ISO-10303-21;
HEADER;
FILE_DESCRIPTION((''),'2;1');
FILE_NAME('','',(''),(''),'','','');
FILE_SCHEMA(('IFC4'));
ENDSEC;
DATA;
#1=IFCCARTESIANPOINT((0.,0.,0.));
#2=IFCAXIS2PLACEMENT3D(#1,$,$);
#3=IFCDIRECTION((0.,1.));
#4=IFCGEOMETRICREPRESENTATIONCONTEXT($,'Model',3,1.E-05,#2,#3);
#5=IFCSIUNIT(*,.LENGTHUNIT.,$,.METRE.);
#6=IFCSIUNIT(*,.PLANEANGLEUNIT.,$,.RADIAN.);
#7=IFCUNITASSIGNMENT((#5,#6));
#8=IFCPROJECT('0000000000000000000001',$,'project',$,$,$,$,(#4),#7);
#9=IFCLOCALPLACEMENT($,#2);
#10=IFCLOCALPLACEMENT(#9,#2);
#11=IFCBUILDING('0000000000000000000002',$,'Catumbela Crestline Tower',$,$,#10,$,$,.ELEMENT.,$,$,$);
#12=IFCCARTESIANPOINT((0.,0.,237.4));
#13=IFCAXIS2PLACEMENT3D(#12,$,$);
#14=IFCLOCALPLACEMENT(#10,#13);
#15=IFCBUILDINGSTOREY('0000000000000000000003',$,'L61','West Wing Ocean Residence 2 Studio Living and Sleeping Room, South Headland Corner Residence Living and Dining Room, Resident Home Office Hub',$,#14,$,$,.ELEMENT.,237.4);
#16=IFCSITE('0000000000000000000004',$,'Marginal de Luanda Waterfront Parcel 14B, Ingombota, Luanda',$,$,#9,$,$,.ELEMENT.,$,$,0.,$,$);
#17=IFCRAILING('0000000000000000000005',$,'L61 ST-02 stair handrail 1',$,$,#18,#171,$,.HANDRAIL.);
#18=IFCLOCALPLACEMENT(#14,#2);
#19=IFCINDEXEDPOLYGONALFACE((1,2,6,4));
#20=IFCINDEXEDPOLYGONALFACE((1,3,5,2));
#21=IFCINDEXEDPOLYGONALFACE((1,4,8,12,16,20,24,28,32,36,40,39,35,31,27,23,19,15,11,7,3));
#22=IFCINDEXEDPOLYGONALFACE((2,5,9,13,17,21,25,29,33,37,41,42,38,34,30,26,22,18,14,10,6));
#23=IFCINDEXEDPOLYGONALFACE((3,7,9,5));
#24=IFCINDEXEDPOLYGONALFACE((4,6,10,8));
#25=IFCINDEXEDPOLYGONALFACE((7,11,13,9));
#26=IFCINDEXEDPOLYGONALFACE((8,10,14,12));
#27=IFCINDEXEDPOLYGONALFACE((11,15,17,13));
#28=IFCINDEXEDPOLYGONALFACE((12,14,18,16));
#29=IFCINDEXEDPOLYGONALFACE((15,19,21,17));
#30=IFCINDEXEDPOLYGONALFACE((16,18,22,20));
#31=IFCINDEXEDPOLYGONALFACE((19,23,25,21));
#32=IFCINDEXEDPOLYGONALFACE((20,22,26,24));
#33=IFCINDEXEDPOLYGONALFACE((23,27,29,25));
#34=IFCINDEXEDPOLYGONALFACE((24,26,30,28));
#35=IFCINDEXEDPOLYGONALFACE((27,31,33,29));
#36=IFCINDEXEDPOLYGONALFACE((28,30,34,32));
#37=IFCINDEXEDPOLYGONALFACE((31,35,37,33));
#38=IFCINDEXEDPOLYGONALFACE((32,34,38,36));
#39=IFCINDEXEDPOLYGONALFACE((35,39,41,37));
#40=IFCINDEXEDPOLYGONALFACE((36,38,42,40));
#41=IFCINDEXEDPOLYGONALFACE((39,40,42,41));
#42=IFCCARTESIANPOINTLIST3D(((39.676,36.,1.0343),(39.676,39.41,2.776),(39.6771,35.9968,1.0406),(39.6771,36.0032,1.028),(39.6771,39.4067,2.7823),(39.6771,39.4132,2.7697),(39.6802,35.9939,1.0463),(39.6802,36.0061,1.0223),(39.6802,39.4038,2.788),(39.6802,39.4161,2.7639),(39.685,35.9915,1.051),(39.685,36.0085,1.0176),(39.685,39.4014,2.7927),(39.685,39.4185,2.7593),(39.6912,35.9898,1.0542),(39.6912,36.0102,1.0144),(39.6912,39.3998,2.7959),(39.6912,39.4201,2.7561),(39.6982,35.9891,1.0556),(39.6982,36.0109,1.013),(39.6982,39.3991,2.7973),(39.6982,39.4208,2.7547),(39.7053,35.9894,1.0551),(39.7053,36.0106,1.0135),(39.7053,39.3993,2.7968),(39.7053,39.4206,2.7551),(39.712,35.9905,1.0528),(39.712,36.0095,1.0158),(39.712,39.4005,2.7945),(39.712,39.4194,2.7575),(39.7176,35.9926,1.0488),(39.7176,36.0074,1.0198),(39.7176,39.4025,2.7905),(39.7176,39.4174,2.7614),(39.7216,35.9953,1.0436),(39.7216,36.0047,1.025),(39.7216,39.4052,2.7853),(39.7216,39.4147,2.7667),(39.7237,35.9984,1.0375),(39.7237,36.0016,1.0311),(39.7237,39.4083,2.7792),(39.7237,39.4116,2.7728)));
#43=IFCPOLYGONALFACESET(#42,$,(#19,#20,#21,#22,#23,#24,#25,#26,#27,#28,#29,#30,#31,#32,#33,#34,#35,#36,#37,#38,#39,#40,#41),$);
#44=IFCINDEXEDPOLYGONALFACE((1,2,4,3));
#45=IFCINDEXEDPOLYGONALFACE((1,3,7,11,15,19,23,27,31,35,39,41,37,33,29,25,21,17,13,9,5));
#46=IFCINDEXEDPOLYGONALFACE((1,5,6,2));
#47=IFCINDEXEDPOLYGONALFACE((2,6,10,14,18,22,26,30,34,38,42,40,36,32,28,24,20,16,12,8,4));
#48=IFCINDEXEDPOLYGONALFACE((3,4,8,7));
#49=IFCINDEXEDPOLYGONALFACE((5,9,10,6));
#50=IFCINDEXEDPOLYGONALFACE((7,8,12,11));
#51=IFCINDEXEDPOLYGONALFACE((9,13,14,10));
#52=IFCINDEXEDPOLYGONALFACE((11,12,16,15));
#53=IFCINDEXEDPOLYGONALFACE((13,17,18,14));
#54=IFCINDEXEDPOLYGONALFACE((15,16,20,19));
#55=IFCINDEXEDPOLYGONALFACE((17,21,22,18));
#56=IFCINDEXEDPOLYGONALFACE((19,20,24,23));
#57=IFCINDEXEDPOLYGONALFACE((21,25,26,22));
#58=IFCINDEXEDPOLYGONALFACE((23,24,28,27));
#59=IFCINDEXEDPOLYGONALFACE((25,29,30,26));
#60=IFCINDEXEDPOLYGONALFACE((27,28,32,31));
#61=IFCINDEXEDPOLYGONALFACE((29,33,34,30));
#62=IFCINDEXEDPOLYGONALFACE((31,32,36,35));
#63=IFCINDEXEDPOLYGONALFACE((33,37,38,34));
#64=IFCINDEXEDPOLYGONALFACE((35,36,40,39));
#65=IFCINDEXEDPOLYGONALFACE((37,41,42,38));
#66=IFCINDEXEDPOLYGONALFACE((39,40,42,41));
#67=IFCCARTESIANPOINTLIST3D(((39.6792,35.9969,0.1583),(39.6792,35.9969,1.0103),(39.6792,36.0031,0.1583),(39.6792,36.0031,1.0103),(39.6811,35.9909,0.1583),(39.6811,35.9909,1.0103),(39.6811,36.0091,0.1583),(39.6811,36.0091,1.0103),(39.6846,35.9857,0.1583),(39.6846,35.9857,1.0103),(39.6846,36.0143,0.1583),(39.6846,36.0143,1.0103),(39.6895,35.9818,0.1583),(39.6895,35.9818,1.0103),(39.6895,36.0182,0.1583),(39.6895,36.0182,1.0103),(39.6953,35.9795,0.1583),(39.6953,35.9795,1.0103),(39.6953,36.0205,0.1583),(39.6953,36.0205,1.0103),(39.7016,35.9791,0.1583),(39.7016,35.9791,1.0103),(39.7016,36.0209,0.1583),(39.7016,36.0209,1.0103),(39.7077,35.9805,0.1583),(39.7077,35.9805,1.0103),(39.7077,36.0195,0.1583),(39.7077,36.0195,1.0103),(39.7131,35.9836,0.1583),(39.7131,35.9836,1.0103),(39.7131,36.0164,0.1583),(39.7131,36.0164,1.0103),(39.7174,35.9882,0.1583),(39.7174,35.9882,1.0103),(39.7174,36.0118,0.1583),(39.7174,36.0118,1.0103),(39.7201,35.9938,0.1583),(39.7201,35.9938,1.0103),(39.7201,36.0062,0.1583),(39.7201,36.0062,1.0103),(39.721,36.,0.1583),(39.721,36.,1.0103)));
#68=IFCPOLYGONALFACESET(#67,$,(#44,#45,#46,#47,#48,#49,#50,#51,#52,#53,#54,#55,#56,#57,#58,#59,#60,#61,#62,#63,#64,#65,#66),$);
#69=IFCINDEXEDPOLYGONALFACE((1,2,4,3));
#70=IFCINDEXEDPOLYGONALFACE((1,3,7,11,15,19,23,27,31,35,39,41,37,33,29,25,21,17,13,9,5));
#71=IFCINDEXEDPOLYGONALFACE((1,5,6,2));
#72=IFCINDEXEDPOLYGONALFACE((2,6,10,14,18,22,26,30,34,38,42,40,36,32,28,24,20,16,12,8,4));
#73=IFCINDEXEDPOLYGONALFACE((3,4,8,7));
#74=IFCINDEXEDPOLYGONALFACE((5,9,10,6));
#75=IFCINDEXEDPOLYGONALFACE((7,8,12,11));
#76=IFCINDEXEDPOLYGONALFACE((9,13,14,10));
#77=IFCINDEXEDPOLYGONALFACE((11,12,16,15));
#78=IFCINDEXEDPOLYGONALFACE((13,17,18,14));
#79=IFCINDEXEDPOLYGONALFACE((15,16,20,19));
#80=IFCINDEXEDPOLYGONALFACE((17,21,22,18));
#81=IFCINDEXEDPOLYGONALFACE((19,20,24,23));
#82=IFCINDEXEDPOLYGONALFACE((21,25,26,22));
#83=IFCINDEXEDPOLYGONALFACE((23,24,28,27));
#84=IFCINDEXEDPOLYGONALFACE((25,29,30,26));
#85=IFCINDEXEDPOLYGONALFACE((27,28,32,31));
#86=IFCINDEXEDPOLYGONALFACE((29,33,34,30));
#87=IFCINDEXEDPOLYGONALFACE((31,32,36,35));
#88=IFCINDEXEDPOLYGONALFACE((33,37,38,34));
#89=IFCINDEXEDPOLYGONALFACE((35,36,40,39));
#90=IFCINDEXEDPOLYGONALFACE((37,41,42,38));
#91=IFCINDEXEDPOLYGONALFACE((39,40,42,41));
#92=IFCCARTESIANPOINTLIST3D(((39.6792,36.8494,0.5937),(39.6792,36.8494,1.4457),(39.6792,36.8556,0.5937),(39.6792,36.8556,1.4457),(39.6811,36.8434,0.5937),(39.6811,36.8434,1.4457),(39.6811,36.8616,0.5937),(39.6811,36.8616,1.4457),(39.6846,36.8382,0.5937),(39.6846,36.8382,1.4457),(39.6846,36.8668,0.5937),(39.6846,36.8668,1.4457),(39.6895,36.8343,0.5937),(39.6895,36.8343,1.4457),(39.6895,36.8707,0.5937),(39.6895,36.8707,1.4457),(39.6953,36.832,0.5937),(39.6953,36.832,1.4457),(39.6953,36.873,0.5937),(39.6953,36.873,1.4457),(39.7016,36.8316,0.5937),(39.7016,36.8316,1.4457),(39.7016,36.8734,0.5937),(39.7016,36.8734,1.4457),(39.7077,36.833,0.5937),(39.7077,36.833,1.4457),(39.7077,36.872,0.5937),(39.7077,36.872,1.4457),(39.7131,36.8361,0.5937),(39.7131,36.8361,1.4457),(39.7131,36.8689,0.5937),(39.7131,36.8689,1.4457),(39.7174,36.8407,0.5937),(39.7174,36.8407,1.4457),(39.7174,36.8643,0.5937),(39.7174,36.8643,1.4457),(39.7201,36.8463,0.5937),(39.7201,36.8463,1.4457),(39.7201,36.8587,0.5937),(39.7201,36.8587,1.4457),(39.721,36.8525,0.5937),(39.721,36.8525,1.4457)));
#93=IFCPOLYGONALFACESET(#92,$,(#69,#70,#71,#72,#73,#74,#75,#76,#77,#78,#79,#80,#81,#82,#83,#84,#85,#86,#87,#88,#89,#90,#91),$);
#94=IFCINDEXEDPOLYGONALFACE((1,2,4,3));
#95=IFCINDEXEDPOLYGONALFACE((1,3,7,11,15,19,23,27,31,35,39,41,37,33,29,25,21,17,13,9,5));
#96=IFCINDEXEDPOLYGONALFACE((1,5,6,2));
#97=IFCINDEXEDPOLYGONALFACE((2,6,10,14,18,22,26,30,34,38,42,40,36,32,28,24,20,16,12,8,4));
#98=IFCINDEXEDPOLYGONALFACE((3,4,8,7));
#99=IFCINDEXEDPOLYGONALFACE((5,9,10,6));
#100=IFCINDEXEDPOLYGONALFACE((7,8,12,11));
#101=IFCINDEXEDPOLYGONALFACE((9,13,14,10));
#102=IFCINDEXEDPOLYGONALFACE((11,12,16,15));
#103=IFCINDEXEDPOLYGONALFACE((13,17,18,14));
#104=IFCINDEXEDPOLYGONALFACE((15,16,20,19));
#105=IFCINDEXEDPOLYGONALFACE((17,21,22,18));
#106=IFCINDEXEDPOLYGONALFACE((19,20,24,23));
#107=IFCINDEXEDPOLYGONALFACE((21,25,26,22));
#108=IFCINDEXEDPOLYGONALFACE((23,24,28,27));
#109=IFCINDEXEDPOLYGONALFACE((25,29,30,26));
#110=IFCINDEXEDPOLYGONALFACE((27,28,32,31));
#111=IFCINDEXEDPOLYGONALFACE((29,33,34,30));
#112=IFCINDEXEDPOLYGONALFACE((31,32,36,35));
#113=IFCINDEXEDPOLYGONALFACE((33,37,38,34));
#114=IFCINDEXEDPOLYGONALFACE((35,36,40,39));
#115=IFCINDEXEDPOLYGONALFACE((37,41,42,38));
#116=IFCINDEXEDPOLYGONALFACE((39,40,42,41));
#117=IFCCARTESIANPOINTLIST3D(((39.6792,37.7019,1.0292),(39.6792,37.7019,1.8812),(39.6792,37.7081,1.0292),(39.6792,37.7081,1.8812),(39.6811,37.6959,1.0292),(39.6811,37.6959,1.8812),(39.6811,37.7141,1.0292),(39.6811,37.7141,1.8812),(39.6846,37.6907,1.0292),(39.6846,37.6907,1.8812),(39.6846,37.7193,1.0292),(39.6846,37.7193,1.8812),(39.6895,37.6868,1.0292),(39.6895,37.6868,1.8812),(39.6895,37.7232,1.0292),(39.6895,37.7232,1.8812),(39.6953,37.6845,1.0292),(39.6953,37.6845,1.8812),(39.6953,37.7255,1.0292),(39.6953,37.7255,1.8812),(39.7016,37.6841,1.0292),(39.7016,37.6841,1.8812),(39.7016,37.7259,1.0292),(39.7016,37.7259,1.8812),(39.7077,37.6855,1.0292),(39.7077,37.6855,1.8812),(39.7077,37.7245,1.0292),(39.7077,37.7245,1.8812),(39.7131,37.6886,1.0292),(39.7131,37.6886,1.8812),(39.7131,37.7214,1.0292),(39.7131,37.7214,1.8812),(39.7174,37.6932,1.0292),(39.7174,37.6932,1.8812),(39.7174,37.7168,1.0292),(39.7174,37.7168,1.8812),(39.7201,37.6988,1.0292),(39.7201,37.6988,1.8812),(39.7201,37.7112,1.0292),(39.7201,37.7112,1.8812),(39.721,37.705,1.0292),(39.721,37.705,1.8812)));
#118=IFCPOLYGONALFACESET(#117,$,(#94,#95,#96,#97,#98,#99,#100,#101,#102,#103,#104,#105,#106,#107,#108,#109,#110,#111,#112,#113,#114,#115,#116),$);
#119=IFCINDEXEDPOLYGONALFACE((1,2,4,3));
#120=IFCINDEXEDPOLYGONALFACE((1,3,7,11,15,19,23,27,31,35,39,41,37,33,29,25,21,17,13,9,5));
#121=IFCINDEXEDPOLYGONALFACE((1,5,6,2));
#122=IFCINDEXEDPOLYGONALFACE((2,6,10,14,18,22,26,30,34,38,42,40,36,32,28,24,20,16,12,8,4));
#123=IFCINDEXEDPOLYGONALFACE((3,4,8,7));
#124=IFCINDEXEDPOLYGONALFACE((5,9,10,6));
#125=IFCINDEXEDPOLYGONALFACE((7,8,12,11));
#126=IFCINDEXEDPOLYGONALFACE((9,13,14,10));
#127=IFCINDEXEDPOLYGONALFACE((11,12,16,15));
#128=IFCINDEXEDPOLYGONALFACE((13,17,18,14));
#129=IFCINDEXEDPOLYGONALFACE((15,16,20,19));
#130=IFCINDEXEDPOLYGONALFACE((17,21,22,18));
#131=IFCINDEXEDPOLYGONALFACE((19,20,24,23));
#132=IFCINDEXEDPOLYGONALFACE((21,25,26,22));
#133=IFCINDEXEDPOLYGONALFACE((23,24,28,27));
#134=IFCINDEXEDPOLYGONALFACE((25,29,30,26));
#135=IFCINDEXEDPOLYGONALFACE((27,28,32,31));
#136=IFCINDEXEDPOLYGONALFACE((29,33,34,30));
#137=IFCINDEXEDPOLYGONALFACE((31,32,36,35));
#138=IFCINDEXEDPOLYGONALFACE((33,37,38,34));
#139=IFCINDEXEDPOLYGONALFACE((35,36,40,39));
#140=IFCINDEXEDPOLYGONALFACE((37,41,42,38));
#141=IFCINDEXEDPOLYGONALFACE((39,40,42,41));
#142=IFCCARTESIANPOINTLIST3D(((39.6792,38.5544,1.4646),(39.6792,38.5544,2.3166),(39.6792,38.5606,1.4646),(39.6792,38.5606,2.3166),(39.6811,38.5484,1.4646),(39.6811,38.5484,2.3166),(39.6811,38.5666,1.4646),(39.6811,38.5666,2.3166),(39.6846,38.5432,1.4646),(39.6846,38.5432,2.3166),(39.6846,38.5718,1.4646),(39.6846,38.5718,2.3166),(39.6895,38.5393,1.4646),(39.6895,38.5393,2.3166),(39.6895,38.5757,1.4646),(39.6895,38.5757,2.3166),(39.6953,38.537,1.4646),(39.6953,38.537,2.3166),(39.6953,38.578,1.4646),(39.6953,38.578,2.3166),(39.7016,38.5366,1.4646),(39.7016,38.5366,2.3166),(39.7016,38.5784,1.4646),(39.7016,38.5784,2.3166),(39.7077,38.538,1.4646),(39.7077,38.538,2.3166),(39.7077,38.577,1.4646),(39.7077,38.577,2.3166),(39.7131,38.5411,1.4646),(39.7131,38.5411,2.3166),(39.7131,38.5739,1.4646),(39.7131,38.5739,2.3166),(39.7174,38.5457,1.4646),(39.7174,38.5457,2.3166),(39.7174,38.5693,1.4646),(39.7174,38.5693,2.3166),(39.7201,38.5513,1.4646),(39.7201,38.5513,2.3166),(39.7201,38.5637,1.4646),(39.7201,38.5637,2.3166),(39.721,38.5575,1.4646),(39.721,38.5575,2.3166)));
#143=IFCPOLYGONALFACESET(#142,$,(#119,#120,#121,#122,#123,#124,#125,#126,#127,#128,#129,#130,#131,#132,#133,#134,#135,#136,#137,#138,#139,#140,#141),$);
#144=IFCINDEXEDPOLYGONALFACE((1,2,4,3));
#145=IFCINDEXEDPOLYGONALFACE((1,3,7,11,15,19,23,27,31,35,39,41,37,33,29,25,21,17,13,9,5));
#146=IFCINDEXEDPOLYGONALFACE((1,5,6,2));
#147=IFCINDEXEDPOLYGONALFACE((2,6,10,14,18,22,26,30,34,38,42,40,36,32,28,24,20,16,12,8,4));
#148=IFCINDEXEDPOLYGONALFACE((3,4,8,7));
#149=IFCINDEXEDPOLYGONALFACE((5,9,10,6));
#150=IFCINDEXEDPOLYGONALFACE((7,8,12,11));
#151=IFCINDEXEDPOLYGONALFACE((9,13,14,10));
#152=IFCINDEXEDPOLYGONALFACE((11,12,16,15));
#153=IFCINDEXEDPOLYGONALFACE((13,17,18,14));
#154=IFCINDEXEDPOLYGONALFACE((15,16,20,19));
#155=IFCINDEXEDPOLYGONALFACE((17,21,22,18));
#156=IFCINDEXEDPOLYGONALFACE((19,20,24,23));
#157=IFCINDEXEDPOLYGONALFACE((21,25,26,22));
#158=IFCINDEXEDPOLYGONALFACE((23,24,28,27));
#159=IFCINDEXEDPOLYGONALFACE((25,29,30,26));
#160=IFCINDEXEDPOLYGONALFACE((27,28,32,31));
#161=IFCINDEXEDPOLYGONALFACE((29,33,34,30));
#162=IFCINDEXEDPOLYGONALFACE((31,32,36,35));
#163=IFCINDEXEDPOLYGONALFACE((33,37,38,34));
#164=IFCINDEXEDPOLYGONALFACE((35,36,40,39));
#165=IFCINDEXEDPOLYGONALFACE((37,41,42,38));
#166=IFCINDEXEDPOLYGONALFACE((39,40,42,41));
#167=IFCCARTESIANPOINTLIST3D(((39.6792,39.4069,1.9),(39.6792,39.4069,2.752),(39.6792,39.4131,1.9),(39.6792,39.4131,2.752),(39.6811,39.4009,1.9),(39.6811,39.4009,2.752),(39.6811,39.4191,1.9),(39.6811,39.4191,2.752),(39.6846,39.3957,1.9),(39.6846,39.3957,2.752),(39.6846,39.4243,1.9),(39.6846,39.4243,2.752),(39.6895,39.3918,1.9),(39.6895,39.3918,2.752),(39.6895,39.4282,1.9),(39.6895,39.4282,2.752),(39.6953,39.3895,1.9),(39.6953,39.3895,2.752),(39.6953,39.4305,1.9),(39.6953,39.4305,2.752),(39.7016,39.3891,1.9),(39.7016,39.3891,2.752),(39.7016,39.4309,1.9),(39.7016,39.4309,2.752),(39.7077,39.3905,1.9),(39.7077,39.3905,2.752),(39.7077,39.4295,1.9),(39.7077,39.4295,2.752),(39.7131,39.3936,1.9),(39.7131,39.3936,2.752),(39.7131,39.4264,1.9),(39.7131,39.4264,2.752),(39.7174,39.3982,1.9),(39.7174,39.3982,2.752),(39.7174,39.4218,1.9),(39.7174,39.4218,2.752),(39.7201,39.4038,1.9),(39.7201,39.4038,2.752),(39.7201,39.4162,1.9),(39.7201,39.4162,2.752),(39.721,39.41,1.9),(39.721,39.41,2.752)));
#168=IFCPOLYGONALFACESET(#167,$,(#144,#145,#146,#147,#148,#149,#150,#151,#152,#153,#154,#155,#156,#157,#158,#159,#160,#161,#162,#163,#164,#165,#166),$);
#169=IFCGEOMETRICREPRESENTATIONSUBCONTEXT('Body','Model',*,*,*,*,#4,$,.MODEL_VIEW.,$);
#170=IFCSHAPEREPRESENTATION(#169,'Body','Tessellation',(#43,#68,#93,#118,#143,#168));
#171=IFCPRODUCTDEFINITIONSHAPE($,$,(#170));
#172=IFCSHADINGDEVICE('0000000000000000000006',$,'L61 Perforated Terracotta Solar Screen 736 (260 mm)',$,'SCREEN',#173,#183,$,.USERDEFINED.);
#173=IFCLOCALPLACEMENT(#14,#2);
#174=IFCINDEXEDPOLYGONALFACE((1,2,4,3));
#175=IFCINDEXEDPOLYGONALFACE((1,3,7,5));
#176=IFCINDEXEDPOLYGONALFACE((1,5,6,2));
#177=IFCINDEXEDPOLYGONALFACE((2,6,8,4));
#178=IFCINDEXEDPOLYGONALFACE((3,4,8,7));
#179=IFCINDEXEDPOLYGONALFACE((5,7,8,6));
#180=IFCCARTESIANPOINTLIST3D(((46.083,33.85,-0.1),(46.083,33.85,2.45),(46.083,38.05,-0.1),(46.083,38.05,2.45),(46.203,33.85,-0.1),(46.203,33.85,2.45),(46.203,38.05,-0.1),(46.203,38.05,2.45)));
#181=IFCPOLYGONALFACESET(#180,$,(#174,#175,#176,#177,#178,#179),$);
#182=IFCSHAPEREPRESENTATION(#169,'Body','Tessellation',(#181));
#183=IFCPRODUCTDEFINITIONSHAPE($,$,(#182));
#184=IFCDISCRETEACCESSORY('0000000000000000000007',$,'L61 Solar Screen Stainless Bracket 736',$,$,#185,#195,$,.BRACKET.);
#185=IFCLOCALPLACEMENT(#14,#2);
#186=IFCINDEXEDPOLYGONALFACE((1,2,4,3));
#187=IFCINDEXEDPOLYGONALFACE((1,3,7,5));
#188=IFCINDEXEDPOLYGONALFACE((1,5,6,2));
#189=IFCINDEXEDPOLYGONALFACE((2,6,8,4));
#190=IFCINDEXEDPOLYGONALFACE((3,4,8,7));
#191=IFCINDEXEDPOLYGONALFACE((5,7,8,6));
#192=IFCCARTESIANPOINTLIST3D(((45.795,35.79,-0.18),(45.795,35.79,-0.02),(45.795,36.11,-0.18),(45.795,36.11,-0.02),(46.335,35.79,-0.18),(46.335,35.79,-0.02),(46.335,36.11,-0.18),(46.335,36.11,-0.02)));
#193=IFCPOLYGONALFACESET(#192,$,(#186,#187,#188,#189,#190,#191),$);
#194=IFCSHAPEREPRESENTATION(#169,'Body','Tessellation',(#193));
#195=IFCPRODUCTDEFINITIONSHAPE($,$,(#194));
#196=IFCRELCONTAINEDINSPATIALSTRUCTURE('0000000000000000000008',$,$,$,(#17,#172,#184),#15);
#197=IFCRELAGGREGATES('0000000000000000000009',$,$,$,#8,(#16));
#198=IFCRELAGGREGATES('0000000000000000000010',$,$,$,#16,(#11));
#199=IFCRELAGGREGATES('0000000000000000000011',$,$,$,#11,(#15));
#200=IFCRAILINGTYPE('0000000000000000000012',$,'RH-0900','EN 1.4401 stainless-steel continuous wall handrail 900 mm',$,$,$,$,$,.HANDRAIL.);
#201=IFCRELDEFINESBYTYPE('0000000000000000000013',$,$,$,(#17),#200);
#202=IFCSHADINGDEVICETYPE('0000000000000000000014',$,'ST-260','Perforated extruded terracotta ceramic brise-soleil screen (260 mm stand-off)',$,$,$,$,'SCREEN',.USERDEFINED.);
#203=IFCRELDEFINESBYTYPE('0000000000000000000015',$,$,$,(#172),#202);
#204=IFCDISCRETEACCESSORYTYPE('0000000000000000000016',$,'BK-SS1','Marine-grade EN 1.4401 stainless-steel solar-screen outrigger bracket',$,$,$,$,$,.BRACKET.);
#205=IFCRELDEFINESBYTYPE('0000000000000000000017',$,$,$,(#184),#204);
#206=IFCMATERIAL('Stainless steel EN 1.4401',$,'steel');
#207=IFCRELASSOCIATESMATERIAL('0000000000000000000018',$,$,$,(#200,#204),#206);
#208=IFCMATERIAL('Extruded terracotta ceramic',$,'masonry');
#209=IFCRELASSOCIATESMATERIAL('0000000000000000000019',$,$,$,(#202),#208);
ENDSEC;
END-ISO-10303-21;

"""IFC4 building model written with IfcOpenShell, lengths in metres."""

from ifc_helpers import new_model, si_unit, direction, frame, origin, origin_2d, place, context, subcontext, project, spatial, rectangle, circle, extrude, material, type_object, element, save


model = new_model("IFC4")

# Units and contexts
model_context = context("Model", 3, precision=1e-05, world=origin(), true_north=direction((0.0, 1.0)))
body_context = subcontext(model_context, "Body", "Model", "MODEL_VIEW")
ifc_project = project(units=[si_unit("LENGTHUNIT", "METRE"), si_unit("PLANEANGLEUNIT", "RADIAN")], contexts=[model_context])

# Site, building, storey
site_placement = place(None, origin())
site = spatial("IfcSite", under=ifc_project, at=site_placement, Name="Marginal de Luanda Waterfront Parcel 14B, Ingombota, Luanda", CompositionType="ELEMENT", RefElevation=0.0)
building_placement = place(site_placement, origin())
building = spatial("IfcBuilding", under=site, at=building_placement, Name="Catumbela Crestline Tower", CompositionType="ELEMENT")
storey_placement = place(building_placement, frame((0.0, 0.0, 237.4)))
storey = spatial("IfcBuildingStorey", under=building, at=storey_placement, Name="L61", Description="West Wing Ocean Residence 2 Studio Living and Sleeping Room, South Headland Corner Residence Living and Dining Room, Resident Home Office Hub", CompositionType="ELEMENT", Elevation=237.4)

# Railing
ifc_material_1 = material(Name="Stainless steel EN 1.4401", Category="steel")
railing_type_1 = type_object("IfcRailingType", Name="RH-0900", Description="EN 1.4401 stainless-steel continuous wall handrail 900 mm", PredefinedType="HANDRAIL", material=ifc_material_1)
railing_1_placement = place(storey_placement, frame((39.7, 36.0, 0.1583)))
element("IfcRailing", 1, at=railing_1_placement, inside=storey, type_object=railing_type_1, Name="L61 ST-02 stair handrail 1", PredefinedType="HANDRAIL", context=body_context, shape_type="SweptSolid", body=[
    extrude(circle(Radius=0.024, at=origin_2d()), frame((0.0, 0.0, 0.876), z_axis=(0.0, 0.89056, 0.454865), x_axis=(-1.0, 0.0, 0.0)), (0.0, 0.0, 1.0), 3.829),
    extrude(circle(Radius=0.021, at=origin_2d()), origin(), (0.0, 0.0, 1.0), 0.852),
    extrude(circle(Radius=0.021, at=origin_2d()), frame((0.0, 0.8525, 0.4354)), (0.0, 0.0, 1.0), 0.852),
    extrude(circle(Radius=0.021, at=origin_2d()), frame((0.0, 1.705, 0.8709)), (0.0, 0.0, 1.0), 0.852),
    extrude(circle(Radius=0.021, at=origin_2d()), frame((0.0, 2.5575, 1.3063)), (0.0, 0.0, 1.0), 0.852),
    extrude(circle(Radius=0.021, at=origin_2d()), frame((0.0, 3.41, 1.7417)), (0.0, 0.0, 1.0), 0.852),
])

# Shading device
ifc_material_2 = material(Name="Extruded terracotta ceramic", Category="masonry")
shading_device_type = type_object("IfcShadingDeviceType", Name="ST-260", Description="Perforated extruded terracotta ceramic brise-soleil screen (260 mm stand-off)", ElementType="SCREEN", PredefinedType="USERDEFINED", material=ifc_material_2)
shading_device_placement = place(storey_placement, frame((46.143, 35.95, -0.1), z_axis=(0.0, 0.0, 1.0), x_axis=(0.0, 1.0, 0.0)))
element("IfcShadingDevice", 2, at=shading_device_placement, inside=storey, type_object=shading_device_type, Name="L61 Perforated Terracotta Solar Screen 736 (260 mm)", ObjectType="SCREEN", PredefinedType="USERDEFINED", context=body_context, shape_type="SweptSolid", body=[
    extrude(rectangle(XDim=4.2, YDim=0.12, at=origin_2d()), origin(), (0.0, 0.0, 1.0), 2.55),
])

# Discrete accessory
discrete_accessory_type = type_object("IfcDiscreteAccessoryType", Name="BK-SS1", Description="Marine-grade EN 1.4401 stainless-steel solar-screen outrigger bracket", PredefinedType="BRACKET", material=ifc_material_1)
discrete_accessory_placement = place(storey_placement, frame((46.065, 35.95, -0.18), z_axis=(0.0, 0.0, 1.0), x_axis=(0.0, 1.0, 0.0)))
element("IfcDiscreteAccessory", 3, at=discrete_accessory_placement, inside=storey, type_object=discrete_accessory_type, Name="L61 Solar Screen Stainless Bracket 736", PredefinedType="BRACKET", context=body_context, shape_type="SweptSolid", body=[
    extrude(rectangle(XDim=0.32, YDim=0.54, at=origin_2d()), origin(), (0.0, 0.0, 1.0), 0.16),
])

save(model, "model.ifc")
